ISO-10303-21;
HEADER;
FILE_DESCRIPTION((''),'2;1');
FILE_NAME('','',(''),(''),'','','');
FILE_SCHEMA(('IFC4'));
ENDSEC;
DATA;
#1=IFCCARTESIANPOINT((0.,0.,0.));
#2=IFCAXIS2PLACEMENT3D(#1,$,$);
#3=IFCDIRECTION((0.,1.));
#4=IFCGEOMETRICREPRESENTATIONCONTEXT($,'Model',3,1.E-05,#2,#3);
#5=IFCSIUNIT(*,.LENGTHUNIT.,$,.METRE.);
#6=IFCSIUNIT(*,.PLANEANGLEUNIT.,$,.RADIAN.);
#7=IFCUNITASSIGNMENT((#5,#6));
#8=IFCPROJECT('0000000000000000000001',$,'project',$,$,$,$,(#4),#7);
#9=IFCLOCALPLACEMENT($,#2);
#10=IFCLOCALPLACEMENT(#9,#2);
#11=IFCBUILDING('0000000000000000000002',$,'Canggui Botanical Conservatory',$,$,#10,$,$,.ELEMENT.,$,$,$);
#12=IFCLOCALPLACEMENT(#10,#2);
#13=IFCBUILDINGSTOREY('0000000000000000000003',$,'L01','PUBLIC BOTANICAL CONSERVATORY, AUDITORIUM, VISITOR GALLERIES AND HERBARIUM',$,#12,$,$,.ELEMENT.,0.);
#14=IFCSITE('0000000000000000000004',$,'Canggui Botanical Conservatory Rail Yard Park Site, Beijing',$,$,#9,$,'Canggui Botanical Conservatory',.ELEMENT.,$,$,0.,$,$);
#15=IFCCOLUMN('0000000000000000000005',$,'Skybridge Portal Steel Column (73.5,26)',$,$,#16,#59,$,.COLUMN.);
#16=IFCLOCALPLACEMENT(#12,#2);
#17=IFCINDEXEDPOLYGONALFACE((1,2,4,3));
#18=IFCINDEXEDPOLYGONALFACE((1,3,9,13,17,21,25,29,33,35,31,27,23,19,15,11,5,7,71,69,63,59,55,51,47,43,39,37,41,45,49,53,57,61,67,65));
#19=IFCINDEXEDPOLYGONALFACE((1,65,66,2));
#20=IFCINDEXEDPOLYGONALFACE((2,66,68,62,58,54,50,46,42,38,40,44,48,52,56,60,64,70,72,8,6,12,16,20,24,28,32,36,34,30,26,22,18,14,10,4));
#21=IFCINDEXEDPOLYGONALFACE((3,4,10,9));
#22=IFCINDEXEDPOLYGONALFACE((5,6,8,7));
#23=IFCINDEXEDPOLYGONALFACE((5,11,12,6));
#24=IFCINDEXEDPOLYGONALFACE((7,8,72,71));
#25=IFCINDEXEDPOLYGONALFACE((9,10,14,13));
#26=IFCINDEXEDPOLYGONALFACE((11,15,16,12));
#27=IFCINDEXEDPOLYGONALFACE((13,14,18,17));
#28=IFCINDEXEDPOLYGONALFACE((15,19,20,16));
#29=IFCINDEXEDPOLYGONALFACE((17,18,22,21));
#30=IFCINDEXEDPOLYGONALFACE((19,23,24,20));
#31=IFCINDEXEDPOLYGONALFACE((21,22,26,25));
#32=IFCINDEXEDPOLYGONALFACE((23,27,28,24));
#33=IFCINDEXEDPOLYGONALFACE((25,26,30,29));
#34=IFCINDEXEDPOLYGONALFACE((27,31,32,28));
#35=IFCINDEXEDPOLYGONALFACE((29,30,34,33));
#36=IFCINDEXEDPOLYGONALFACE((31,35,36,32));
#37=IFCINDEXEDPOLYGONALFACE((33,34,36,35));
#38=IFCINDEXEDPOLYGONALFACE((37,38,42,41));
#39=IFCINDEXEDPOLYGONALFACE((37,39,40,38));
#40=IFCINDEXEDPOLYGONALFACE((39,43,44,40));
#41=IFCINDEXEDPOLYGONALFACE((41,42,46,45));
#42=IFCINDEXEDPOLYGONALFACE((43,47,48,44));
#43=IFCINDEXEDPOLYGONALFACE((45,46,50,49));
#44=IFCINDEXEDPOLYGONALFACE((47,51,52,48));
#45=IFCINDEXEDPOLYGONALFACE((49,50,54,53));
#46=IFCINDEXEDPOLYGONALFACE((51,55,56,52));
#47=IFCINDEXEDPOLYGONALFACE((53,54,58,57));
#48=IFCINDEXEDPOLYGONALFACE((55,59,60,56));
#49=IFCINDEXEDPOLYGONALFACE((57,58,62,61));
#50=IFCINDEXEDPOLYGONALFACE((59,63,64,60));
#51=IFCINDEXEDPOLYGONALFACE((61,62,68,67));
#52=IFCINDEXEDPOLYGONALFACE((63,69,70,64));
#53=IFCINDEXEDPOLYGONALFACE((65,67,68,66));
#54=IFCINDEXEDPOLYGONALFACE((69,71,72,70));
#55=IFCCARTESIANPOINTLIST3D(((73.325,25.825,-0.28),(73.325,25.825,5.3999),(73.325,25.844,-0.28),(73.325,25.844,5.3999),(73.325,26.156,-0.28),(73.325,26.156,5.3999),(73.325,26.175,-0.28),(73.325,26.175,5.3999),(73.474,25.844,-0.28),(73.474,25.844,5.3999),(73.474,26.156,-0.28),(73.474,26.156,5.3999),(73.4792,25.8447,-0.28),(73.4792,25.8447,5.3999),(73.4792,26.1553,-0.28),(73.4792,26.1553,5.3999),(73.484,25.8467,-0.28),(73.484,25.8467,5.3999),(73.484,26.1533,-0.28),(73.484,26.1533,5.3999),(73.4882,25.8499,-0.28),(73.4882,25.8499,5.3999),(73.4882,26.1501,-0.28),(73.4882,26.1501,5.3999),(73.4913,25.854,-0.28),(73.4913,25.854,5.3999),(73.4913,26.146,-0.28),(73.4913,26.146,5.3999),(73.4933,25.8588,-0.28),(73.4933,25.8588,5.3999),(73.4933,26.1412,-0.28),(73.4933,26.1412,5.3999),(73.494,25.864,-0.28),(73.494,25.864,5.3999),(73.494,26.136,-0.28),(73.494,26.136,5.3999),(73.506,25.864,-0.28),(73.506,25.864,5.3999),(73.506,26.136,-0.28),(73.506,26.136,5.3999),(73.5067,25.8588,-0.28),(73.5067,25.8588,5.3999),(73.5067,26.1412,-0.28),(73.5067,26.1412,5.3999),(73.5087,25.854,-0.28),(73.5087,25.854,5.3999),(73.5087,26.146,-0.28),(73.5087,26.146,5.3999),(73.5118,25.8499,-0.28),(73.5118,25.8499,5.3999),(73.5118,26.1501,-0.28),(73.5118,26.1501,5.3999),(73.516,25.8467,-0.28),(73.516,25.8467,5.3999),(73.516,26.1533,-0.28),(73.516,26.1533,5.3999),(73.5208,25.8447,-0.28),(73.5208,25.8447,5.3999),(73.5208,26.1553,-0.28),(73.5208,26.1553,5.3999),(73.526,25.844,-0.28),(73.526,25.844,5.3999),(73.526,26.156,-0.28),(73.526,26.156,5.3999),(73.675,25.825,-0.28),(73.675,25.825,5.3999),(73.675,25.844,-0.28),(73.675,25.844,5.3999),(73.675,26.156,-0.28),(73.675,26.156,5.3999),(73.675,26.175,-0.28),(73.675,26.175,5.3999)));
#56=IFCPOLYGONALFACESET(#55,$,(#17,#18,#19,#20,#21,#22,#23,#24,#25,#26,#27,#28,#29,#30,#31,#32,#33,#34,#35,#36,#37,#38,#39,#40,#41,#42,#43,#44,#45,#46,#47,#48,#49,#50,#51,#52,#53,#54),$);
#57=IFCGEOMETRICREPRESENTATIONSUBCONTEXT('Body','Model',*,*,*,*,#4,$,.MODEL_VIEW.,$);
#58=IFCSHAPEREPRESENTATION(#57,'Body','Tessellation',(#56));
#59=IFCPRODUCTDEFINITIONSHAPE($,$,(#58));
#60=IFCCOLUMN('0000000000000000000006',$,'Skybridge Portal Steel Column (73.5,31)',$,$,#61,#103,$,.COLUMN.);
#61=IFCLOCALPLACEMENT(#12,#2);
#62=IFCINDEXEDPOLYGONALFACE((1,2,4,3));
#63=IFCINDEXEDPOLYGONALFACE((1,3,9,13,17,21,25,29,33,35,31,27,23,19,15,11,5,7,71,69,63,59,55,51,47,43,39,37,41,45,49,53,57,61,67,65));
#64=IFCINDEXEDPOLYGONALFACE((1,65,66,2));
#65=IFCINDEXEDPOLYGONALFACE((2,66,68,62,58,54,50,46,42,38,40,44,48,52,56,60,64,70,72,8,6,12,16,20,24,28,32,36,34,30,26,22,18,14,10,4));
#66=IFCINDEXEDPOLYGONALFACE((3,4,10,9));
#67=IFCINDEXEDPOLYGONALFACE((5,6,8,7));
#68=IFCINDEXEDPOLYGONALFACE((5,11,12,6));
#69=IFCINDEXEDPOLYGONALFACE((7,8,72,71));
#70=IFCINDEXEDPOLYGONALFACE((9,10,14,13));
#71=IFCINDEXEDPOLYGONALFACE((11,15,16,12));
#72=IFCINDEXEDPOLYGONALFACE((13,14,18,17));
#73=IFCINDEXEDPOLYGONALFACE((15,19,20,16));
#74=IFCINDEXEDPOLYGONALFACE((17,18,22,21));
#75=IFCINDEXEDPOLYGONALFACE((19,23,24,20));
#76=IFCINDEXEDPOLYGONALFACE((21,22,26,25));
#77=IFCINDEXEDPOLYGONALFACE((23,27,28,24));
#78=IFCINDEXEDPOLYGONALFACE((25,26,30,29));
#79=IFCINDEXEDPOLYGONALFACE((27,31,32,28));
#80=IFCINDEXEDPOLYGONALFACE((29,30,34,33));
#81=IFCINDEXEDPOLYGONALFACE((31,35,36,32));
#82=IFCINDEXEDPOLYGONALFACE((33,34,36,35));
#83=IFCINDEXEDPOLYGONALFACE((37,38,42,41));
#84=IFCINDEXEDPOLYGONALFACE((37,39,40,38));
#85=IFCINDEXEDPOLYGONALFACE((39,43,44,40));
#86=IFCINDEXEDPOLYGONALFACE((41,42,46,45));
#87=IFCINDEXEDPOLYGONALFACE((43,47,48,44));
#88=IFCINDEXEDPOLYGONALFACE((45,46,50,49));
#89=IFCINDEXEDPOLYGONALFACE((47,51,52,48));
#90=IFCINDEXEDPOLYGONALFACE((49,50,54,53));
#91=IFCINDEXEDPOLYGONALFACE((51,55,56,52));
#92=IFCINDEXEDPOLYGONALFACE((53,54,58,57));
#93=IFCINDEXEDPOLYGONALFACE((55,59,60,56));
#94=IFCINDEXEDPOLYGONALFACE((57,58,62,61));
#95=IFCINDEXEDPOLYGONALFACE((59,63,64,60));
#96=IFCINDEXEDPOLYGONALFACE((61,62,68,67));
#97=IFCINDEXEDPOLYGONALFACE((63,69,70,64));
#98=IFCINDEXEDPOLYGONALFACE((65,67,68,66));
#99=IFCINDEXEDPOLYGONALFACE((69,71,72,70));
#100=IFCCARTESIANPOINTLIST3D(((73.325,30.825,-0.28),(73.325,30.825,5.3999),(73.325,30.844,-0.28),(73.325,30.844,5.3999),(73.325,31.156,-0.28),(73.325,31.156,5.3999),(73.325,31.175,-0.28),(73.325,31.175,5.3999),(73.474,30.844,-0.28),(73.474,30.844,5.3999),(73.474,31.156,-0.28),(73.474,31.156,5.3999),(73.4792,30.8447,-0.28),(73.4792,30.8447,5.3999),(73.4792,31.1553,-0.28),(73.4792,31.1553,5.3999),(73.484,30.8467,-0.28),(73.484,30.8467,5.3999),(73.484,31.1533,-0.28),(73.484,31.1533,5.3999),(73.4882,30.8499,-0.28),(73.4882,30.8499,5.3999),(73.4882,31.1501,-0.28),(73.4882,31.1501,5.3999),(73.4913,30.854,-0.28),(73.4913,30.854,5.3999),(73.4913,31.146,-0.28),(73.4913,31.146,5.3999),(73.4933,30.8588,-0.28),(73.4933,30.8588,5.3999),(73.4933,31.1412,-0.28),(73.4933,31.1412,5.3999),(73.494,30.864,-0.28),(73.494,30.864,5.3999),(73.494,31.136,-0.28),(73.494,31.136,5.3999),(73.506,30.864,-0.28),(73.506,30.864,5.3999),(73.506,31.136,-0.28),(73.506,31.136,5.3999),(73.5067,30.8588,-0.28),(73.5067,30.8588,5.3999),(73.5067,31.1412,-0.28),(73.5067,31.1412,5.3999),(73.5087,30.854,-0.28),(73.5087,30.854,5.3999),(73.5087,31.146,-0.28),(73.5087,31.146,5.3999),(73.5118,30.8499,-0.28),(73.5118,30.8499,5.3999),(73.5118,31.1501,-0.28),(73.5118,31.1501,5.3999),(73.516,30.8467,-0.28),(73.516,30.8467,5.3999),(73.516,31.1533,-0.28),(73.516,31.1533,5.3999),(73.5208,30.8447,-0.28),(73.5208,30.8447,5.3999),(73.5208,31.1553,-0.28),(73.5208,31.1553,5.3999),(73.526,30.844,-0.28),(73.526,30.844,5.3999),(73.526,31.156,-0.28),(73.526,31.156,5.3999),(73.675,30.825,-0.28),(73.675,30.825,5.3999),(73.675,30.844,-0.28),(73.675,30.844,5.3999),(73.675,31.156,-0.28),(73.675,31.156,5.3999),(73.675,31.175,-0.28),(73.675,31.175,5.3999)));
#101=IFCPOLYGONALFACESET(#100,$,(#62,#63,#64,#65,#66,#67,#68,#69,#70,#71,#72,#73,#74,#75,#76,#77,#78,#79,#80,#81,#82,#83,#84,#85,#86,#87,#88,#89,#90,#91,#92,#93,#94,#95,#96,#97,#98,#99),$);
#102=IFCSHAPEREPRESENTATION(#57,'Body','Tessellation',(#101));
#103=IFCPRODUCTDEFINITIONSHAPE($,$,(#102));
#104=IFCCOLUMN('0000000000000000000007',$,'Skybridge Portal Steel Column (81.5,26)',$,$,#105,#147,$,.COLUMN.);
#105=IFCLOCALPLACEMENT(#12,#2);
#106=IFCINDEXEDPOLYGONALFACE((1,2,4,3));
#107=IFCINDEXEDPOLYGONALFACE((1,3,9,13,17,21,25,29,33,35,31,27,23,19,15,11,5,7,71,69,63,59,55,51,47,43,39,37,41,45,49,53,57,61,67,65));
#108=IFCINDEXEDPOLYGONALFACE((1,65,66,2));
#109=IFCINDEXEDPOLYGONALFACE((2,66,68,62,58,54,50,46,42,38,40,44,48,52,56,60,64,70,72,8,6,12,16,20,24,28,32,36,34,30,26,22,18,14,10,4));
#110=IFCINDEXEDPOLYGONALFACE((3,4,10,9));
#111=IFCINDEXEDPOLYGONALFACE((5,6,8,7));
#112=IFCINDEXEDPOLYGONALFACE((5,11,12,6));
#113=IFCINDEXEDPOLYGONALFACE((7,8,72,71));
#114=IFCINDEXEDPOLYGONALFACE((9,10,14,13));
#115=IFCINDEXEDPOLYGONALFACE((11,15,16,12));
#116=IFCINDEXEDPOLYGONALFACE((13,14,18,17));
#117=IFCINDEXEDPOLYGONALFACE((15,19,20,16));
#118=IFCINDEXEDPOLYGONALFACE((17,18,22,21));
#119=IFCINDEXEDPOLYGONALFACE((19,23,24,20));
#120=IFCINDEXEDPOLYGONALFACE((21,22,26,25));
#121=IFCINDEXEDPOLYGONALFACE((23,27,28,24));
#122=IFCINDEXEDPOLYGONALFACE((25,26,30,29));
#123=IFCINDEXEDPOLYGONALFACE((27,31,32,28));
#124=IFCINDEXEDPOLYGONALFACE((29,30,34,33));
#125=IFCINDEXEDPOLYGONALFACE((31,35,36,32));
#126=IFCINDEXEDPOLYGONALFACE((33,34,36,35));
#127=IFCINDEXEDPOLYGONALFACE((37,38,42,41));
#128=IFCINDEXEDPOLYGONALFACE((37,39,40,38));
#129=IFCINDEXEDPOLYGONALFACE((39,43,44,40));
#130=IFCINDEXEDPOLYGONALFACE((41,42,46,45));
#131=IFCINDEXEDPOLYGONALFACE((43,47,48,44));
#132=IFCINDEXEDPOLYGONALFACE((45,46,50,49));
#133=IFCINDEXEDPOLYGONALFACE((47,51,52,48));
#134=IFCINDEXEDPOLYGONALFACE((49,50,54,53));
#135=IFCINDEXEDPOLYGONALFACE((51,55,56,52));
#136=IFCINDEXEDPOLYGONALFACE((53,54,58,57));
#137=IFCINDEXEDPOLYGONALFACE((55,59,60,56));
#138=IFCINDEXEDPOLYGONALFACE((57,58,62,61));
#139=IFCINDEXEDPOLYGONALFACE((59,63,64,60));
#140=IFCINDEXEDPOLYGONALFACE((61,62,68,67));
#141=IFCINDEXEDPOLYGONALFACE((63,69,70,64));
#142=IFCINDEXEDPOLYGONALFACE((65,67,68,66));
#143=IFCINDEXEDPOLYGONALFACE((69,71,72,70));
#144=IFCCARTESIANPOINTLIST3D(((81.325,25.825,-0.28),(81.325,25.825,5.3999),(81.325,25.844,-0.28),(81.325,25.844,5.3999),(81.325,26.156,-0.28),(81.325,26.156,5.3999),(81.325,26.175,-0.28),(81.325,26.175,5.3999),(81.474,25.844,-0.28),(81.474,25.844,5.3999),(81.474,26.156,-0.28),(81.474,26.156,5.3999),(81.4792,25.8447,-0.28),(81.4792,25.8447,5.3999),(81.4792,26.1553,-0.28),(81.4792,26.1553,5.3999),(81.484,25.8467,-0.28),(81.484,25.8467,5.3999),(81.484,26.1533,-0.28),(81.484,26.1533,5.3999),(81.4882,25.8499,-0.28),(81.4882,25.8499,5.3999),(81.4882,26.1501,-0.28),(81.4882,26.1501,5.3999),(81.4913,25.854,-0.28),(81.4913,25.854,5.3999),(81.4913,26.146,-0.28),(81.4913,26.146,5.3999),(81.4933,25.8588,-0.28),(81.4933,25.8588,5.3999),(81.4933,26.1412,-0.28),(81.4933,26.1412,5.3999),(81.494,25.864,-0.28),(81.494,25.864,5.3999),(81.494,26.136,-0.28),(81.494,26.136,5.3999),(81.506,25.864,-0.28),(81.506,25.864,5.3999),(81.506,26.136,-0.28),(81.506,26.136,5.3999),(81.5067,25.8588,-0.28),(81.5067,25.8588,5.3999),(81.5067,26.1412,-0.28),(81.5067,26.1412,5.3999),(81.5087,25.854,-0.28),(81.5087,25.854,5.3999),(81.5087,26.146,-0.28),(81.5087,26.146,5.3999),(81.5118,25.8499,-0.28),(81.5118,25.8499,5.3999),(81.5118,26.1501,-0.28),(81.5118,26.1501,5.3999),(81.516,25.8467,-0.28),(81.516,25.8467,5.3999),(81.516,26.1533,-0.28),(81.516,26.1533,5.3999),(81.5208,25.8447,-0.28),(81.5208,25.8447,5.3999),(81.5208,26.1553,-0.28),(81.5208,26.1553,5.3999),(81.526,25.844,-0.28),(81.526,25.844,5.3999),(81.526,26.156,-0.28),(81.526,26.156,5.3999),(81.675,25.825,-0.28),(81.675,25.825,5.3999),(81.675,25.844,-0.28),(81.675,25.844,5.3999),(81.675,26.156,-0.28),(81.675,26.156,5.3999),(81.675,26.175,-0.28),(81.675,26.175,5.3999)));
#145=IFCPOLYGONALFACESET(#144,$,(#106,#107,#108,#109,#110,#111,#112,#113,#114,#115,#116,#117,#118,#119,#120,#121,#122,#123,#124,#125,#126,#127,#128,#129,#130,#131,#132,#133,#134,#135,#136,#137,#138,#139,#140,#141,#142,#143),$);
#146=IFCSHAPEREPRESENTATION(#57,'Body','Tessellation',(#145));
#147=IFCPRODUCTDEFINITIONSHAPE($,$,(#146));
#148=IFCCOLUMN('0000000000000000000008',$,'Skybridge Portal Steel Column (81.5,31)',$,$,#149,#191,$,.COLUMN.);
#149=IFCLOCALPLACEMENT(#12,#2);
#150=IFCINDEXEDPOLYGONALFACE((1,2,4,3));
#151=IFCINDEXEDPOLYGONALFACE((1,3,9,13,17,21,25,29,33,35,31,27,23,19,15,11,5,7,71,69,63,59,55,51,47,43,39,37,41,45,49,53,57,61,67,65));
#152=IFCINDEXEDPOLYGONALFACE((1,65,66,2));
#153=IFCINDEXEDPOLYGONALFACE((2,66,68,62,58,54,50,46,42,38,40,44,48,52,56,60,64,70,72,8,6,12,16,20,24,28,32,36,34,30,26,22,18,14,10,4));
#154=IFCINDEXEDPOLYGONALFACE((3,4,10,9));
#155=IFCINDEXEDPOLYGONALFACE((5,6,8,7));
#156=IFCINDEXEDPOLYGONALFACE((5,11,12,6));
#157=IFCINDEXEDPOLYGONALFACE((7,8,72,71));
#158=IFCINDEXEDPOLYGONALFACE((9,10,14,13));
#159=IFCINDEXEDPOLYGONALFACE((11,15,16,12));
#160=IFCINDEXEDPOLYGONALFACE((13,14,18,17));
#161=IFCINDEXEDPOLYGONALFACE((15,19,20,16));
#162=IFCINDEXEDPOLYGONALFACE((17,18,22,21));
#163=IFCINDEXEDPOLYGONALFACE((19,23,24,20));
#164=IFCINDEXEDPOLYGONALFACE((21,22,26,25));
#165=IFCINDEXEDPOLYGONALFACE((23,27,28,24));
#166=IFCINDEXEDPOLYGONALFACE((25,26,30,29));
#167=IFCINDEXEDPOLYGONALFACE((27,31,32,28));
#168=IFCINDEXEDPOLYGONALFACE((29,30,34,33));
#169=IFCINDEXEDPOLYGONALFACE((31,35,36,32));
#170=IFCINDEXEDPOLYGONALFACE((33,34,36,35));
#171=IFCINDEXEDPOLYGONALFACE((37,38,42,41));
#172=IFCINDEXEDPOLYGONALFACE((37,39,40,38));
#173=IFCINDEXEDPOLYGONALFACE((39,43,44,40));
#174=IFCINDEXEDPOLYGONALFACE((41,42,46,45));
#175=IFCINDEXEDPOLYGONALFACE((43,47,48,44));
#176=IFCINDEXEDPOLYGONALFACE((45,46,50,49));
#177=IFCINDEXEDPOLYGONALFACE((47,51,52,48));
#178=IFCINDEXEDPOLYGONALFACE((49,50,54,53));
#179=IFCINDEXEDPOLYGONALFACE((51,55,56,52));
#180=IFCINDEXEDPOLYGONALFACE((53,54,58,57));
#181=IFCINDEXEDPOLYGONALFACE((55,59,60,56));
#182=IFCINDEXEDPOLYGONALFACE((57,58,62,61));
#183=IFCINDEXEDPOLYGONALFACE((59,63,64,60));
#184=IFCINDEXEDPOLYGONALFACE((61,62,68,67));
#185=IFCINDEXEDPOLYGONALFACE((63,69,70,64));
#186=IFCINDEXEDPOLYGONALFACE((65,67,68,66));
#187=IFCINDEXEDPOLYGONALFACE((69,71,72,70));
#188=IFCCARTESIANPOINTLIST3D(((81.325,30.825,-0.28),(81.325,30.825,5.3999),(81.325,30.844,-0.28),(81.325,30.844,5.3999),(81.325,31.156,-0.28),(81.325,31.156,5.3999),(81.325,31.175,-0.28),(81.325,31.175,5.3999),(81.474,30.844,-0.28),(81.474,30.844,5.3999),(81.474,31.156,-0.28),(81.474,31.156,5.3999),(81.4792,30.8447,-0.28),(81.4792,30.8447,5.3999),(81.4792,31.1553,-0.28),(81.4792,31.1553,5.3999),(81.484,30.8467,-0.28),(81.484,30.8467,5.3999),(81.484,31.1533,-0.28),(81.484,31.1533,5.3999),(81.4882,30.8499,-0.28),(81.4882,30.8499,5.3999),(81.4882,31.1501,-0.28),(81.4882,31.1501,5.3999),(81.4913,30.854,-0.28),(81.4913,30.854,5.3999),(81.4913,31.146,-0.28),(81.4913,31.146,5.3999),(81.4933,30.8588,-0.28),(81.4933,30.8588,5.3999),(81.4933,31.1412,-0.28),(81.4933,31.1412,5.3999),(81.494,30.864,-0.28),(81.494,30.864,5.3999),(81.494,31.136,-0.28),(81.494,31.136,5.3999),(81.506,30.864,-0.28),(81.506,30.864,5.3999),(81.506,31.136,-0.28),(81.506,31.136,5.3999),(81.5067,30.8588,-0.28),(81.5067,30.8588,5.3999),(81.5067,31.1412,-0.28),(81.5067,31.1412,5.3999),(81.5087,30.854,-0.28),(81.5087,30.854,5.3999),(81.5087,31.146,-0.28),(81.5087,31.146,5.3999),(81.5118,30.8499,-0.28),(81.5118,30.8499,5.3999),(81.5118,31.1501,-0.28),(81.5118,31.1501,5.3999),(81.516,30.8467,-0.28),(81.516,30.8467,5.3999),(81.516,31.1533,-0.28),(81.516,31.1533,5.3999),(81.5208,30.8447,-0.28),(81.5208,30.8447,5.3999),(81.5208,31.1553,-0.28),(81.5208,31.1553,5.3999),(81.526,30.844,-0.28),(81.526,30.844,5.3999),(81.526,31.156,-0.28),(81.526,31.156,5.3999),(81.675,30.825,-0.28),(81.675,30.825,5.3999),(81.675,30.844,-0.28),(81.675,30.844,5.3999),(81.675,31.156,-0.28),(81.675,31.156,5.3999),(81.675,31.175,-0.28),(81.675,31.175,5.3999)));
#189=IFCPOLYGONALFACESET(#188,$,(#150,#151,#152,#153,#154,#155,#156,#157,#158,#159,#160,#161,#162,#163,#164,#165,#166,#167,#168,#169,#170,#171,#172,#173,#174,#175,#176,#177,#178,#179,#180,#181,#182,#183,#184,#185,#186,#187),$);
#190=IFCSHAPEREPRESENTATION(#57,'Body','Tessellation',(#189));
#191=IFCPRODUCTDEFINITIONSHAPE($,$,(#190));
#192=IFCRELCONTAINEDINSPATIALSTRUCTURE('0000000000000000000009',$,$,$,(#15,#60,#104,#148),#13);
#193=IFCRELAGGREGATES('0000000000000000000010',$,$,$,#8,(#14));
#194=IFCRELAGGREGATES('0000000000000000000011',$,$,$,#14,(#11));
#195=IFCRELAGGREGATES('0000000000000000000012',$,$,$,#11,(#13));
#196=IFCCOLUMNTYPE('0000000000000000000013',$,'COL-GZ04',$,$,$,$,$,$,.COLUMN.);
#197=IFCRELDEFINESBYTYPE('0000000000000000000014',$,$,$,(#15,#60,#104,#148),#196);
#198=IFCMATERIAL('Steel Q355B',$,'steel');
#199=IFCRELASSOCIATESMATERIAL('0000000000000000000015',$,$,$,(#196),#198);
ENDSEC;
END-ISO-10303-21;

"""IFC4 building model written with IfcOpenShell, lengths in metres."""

from ifc_helpers import new_model, si_unit, direction, frame, origin, origin_2d, place, context, subcontext, project, spatial, i_section, extrude, material, material_profile, profile_set, type_object, element, save


model = new_model("IFC4")

# Units and contexts
model_context = context("Model", 3, precision=1e-05, world=origin(), true_north=direction((0.0, 1.0)))
body_context = subcontext(model_context, "Body", "Model", "MODEL_VIEW")
ifc_project = project(units=[si_unit("LENGTHUNIT", "METRE"), si_unit("PLANEANGLEUNIT", "RADIAN")], contexts=[model_context])

# Site, building, storey
site_placement = place(None, origin())
site = spatial("IfcSite", under=ifc_project, at=site_placement, Name="Canggui Botanical Conservatory Rail Yard Park Site, Beijing", LongName="Canggui Botanical Conservatory", CompositionType="ELEMENT", RefElevation=0.0)
building_placement = place(site_placement, origin())
building = spatial("IfcBuilding", under=site, at=building_placement, Name="Canggui Botanical Conservatory", CompositionType="ELEMENT")
storey_placement = place(building_placement, origin())
storey = spatial("IfcBuildingStorey", under=building, at=storey_placement, Name="L01", Description="PUBLIC BOTANICAL CONSERVATORY, AUDITORIUM, VISITOR GALLERIES AND HERBARIUM", CompositionType="ELEMENT", Elevation=0.0)

# Columns
ifc_material_1 = material(Name="Steel Q355B", Category="steel")
ifc_material_profile_1 = material_profile(ifc_material_1, i_section(OverallWidth=0.3501, OverallDepth=0.3501, WebThickness=0.012, FlangeThickness=0.019, FilletRadius=0.02, at=origin_2d()), Name="HW 350x350x12x19")
ifc_profile_set_1 = profile_set([ifc_material_profile_1], Name="Steel Q355B")
column_type = type_object("IfcColumnType", Name="COL-GZ04", PredefinedType="COLUMN", material=ifc_profile_set_1)
for number, where, z_axis, x_axis, name in (
    (1, (73.5, 26.0, -0.28), (0.0, 0.0, 1.0), (1.0, 0.0, 0.0), "Skybridge Portal Steel Column (73.5,26)"),
    (2, (73.5, 31.0, -0.28), (0.0, 0.0, 1.0), (1.0, 0.0, 0.0), "Skybridge Portal Steel Column (73.5,31)"),
    (3, (81.5, 26.0, -0.28), (0.0, 0.0, 1.0), (1.0, 0.0, 0.0), "Skybridge Portal Steel Column (81.5,26)"),
    (4, (81.5, 31.0, -0.28), (0.0, 0.0, 1.0), (1.0, 0.0, 0.0), "Skybridge Portal Steel Column (81.5,31)"),
):
    element("IfcColumn", number, at=place(storey_placement, frame(where, z_axis=z_axis, x_axis=x_axis)), inside=storey, type_object=column_type, Name=name, PredefinedType="COLUMN", context=body_context, shape_type="SweptSolid", body=[
        extrude(i_section(OverallWidth=0.3501, OverallDepth=0.3501, WebThickness=0.012, FlangeThickness=0.019, FilletRadius=0.02, at=origin_2d()), origin(), (0.0, 0.0, 1.0), 5.6799),
    ])

save(model, "model.ifc")
